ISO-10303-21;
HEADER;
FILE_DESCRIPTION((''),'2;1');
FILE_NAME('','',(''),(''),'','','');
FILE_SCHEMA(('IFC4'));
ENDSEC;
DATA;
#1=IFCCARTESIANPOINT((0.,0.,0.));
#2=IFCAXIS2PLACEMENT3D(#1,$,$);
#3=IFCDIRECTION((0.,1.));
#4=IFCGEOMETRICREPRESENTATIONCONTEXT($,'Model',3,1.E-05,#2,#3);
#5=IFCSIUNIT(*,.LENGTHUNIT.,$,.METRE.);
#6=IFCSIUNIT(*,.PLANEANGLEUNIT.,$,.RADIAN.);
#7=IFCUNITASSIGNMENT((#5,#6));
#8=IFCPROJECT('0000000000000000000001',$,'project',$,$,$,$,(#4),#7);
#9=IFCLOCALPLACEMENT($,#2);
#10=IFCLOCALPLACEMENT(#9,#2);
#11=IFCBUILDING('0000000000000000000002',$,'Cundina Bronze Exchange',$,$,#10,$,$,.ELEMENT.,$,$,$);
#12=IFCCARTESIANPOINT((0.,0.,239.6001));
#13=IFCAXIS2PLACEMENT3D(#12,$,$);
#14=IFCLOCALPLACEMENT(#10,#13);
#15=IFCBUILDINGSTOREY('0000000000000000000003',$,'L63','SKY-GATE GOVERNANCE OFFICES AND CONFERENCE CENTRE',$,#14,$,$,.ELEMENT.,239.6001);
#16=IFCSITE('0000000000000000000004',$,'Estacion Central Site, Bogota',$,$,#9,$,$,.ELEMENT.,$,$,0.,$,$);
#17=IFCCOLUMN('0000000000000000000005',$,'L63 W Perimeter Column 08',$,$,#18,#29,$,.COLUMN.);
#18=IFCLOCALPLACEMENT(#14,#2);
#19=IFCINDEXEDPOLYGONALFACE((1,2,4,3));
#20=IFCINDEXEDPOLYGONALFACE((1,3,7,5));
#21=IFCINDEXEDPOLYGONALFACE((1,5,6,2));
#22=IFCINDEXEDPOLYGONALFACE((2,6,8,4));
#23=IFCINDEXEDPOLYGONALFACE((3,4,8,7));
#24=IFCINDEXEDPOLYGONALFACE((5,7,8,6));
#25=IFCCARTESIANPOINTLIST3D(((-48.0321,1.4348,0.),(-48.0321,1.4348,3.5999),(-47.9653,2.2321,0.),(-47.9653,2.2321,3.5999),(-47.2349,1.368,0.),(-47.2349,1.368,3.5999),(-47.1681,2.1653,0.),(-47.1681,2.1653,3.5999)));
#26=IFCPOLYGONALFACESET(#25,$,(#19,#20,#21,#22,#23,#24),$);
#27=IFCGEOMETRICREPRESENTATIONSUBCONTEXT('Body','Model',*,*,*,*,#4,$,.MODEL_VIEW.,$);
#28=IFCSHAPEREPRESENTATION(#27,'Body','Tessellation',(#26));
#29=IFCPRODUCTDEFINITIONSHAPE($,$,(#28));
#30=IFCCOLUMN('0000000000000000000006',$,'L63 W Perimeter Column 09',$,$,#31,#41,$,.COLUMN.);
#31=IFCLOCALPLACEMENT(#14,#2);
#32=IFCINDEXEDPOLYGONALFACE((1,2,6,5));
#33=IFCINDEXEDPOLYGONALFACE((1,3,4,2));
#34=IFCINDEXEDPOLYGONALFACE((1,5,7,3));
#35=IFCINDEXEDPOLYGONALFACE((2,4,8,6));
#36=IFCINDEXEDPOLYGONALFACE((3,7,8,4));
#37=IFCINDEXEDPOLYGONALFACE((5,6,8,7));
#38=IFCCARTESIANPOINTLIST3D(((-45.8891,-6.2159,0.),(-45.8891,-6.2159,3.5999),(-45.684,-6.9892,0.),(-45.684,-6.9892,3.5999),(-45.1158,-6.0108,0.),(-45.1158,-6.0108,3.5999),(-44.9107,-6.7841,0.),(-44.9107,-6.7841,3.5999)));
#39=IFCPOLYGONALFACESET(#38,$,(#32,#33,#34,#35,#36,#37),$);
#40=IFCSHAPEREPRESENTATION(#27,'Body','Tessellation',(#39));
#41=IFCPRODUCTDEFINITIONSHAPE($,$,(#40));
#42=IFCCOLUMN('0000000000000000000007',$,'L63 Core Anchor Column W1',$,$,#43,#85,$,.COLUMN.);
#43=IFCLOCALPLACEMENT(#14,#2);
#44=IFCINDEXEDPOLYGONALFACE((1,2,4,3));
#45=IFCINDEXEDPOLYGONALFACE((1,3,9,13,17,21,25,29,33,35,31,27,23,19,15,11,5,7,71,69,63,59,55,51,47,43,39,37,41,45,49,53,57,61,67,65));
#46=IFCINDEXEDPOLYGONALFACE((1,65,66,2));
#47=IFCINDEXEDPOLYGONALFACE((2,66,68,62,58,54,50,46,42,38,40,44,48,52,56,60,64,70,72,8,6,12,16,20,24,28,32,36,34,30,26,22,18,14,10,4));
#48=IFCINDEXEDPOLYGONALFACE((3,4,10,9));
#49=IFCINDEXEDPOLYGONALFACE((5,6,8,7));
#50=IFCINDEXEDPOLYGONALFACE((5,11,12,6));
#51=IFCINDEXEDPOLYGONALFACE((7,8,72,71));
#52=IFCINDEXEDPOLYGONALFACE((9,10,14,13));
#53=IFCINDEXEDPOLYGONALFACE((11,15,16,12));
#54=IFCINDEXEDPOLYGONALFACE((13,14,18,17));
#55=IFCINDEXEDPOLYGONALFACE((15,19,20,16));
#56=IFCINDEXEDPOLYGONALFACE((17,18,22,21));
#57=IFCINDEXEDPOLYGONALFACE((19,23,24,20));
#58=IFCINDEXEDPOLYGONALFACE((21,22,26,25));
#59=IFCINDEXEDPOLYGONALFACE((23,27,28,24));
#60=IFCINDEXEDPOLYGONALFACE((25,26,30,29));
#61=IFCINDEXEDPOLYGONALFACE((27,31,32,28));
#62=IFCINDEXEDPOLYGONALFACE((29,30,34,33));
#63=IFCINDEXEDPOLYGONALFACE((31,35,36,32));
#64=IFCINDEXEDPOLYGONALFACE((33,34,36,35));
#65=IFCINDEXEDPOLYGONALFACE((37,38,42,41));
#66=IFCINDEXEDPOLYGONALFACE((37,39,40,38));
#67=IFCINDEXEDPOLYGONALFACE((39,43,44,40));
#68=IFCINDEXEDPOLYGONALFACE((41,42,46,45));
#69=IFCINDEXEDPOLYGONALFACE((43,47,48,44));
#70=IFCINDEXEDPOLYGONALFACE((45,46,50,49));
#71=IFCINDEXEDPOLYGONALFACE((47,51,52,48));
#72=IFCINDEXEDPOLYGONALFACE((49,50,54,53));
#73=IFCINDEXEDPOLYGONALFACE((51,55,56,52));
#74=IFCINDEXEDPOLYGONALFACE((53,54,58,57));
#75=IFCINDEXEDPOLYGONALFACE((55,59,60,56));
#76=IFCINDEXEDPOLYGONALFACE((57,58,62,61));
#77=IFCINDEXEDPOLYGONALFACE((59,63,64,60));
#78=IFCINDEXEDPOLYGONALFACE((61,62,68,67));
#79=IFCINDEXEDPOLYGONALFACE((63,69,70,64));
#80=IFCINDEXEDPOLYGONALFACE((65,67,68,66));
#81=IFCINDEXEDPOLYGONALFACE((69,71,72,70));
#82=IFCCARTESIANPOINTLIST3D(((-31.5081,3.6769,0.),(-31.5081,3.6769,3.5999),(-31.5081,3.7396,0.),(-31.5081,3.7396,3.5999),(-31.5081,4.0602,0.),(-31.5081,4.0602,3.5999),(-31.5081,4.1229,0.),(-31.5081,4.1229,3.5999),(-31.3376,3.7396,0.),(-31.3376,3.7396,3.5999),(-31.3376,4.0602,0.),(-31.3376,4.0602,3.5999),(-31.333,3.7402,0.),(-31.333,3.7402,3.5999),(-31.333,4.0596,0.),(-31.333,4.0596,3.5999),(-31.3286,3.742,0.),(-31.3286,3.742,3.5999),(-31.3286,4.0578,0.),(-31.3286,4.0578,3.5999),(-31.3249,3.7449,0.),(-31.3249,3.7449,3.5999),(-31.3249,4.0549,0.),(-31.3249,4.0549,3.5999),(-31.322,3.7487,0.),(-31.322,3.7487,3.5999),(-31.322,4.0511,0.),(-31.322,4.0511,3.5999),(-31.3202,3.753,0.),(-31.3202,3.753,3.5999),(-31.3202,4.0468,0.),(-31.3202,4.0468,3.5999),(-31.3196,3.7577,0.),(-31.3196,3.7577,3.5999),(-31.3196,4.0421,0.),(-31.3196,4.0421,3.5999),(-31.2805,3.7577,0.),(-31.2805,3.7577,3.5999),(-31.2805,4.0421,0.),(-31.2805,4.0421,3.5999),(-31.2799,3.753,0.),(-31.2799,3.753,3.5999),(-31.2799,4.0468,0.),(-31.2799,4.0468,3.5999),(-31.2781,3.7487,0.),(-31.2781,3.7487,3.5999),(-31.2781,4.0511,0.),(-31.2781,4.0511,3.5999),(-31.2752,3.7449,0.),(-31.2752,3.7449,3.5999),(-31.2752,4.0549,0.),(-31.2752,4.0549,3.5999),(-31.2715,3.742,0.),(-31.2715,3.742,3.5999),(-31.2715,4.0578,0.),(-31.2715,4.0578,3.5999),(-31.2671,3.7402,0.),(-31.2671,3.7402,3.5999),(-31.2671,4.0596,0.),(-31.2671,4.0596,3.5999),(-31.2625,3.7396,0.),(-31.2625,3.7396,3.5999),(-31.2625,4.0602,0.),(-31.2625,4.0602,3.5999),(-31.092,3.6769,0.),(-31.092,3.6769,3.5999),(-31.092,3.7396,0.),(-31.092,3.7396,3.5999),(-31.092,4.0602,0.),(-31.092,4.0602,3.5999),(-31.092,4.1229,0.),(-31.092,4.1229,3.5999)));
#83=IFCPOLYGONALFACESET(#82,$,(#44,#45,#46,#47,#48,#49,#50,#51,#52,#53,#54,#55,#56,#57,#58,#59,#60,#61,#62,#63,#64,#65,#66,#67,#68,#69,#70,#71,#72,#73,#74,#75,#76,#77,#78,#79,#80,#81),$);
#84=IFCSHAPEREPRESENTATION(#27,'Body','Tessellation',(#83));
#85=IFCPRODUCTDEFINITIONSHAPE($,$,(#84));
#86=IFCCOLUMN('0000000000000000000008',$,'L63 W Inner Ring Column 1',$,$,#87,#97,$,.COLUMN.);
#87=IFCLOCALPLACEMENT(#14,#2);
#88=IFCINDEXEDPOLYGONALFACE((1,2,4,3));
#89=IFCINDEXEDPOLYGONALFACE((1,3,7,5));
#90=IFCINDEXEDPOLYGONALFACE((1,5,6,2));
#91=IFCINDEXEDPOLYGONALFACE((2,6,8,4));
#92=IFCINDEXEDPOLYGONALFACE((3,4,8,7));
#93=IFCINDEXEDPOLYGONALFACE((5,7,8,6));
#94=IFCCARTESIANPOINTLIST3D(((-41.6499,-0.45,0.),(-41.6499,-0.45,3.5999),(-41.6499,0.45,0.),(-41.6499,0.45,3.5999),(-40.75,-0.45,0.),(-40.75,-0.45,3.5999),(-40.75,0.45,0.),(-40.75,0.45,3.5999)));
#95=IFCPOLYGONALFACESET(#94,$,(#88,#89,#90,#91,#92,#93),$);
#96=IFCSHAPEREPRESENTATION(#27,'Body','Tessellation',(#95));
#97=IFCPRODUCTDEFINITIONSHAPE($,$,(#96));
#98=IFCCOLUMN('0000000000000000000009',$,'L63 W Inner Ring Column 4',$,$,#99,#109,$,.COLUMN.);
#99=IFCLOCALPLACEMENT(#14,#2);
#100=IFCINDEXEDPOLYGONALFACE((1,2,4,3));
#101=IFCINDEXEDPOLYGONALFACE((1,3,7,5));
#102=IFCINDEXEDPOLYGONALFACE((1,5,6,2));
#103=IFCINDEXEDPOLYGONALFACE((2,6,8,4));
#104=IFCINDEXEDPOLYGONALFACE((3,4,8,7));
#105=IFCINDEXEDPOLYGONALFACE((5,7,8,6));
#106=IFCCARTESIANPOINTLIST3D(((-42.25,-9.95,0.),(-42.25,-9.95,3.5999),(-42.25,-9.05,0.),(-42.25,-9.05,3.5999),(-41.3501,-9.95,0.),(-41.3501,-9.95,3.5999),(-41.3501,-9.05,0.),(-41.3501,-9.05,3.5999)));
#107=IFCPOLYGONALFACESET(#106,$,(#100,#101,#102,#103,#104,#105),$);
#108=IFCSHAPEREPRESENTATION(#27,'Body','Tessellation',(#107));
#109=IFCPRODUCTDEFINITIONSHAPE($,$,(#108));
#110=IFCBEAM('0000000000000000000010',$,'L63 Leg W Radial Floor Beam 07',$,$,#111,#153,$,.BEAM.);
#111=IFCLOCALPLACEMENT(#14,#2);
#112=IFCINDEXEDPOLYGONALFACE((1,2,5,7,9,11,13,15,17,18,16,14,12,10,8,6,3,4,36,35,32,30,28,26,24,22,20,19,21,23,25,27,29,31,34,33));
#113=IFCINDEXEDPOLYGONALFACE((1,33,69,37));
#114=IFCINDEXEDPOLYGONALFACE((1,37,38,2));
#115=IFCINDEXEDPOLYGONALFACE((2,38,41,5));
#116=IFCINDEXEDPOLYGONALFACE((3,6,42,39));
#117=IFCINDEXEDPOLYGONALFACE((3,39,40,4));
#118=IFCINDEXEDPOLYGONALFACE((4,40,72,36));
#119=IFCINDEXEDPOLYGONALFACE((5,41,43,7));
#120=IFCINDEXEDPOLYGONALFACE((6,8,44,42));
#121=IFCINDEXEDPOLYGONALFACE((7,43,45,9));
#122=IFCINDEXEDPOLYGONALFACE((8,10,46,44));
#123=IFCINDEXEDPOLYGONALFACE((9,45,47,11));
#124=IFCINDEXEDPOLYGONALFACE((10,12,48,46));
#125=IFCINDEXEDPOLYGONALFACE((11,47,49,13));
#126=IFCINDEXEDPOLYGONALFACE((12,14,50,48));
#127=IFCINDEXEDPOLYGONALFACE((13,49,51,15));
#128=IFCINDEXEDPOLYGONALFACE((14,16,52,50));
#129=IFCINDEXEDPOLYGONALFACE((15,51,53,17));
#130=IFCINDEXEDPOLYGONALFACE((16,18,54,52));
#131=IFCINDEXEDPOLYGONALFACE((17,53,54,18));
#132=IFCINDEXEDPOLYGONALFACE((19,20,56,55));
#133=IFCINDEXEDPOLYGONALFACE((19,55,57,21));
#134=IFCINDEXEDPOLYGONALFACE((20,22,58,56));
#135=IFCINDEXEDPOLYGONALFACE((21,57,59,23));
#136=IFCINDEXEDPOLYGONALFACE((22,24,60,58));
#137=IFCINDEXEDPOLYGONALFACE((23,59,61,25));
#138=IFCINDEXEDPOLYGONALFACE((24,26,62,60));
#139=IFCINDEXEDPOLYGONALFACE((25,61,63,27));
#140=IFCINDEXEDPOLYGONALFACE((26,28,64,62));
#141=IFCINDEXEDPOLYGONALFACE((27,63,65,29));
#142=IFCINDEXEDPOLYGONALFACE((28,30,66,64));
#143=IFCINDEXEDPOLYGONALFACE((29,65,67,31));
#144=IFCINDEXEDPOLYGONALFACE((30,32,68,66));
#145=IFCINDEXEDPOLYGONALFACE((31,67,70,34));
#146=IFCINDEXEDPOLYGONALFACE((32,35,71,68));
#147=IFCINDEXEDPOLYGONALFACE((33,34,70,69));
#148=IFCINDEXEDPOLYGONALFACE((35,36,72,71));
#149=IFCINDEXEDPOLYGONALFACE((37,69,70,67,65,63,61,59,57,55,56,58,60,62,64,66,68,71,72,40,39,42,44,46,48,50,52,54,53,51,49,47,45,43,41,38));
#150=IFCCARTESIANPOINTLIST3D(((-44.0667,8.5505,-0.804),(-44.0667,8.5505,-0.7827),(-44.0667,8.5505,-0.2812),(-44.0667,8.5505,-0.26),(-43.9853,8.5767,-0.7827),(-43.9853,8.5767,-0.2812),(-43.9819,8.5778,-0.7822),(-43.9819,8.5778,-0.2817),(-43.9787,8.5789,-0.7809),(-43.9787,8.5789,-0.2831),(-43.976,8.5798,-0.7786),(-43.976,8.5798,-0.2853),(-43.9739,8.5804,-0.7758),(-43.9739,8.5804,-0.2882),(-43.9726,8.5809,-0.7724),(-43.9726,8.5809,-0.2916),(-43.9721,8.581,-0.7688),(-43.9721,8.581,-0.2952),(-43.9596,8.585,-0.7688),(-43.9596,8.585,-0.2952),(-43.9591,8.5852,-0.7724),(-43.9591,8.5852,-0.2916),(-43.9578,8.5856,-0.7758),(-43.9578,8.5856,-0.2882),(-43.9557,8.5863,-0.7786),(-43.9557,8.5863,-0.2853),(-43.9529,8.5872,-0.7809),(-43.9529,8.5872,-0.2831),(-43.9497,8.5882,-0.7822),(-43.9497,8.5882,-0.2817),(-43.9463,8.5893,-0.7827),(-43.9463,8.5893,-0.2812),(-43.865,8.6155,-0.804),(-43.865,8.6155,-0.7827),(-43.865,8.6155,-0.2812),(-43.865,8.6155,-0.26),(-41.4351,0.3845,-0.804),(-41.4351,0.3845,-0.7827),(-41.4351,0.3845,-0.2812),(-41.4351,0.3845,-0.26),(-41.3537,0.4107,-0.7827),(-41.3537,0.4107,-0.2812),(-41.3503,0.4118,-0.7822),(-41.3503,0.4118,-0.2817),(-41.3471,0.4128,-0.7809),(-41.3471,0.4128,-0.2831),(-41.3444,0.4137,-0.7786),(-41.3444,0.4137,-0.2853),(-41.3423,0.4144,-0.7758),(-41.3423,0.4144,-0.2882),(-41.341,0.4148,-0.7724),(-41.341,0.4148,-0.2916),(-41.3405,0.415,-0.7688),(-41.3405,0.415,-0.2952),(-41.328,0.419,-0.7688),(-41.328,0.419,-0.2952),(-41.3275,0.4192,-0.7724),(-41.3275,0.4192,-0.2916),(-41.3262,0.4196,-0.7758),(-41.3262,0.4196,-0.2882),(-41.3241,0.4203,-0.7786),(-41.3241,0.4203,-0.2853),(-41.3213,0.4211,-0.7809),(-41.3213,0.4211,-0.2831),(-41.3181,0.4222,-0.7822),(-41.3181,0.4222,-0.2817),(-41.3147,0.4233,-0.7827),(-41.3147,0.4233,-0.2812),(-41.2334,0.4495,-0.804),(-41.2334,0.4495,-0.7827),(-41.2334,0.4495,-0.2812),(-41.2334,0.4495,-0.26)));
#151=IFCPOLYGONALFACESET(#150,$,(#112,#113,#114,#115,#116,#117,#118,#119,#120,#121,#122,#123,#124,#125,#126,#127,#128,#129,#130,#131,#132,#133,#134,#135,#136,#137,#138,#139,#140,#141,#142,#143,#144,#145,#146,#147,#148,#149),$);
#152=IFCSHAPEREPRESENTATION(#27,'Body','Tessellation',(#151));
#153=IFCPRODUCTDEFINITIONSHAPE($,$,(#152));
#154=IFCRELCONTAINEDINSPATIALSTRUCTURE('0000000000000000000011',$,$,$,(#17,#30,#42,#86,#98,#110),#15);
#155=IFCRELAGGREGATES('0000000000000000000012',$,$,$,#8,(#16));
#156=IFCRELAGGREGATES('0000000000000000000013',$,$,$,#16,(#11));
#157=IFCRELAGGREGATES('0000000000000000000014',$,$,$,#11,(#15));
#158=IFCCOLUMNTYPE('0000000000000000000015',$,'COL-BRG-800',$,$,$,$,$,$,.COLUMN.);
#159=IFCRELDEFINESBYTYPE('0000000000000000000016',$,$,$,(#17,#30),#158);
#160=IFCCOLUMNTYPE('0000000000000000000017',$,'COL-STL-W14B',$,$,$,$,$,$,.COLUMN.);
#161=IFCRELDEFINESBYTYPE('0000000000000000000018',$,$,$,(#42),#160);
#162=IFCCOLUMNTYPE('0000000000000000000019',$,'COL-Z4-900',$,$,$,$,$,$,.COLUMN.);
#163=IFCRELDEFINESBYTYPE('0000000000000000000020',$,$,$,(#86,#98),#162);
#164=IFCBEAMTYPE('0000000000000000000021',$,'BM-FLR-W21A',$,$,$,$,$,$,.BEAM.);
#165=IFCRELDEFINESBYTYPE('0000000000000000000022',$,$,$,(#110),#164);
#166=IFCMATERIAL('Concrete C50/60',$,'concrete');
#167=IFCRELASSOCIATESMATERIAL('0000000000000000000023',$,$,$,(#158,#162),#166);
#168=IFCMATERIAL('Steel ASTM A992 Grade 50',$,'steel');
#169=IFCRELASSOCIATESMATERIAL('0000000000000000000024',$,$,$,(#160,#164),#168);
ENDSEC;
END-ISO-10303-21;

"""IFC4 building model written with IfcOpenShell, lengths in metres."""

from ifc_helpers import new_model, si_unit, direction, frame, origin, origin_2d, place, context, subcontext, project, spatial, rectangle, i_section, extrude, material, material_profile, profile_set, type_object, element, save


model = new_model("IFC4")

# Units and contexts
model_context = context("Model", 3, precision=1e-05, world=origin(), true_north=direction((0.0, 1.0)))
body_context = subcontext(model_context, "Body", "Model", "MODEL_VIEW")
ifc_project = project(units=[si_unit("LENGTHUNIT", "METRE"), si_unit("PLANEANGLEUNIT", "RADIAN")], contexts=[model_context])

# Site, building, storey
site_placement = place(None, origin())
site = spatial("IfcSite", under=ifc_project, at=site_placement, Name="Estacion Central Site, Bogota", CompositionType="ELEMENT", RefElevation=0.0)
building_placement = place(site_placement, origin())
building = spatial("IfcBuilding", under=site, at=building_placement, Name="Cundina Bronze Exchange", CompositionType="ELEMENT")
storey_placement = place(building_placement, frame((0.0, 0.0, 239.6001)))
storey = spatial("IfcBuildingStorey", under=building, at=storey_placement, Name="L63", Description="SKY-GATE GOVERNANCE OFFICES AND CONFERENCE CENTRE", CompositionType="ELEMENT", Elevation=239.6001)

# Columns
ifc_material_1 = material(Name="Concrete C50/60", Category="concrete")
ifc_material_profile_1 = material_profile(ifc_material_1, rectangle(XDim=0.8, YDim=0.8, at=origin_2d()), Name="RC800X800", Category="concrete")
ifc_profile_set_1 = profile_set([ifc_material_profile_1], Name="Concrete C50/60")
column_type_1 = type_object("IfcColumnType", Name="COL-BRG-800", PredefinedType="COLUMN", material=ifc_profile_set_1)
for number, where, z_axis, x_axis, name in (
    (1, (-47.6001, 1.8, 0.0), (0.0, 0.0, 1.0), (-0.083504, -0.996507, 0.0), "L63 W Perimeter Column 08"),
    (2, (-45.3999, -6.5, 0.0), (0.0, 0.0, 1.0), (0.256289, -0.9666, 0.0), "L63 W Perimeter Column 09"),
):
    element("IfcColumn", number, at=place(storey_placement, frame(where, z_axis=z_axis, x_axis=x_axis)), inside=storey, type_object=column_type_1, Name=name, PredefinedType="COLUMN", context=body_context, shape_type="SweptSolid", body=[
        extrude(rectangle(XDim=0.8, YDim=0.8, at=origin_2d()), origin(), (0.0, 0.0, 1.0), 3.5999),
    ])
ifc_material_2 = material(Name="Steel ASTM A992 Grade 50", Category="steel")
ifc_material_profile_2 = material_profile(ifc_material_2, i_section(OverallWidth=0.416, OverallDepth=0.446, WebThickness=0.0391, FlangeThickness=0.0627, FilletRadius=0.0181, at=origin_2d()), Name="W14X342", Category="steel")
ifc_profile_set_2 = profile_set([ifc_material_profile_2], Name="Steel ASTM A992 Grade 50")
column_type_2 = type_object("IfcColumnType", Name="COL-STL-W14B", PredefinedType="COLUMN", material=ifc_profile_set_2)
column_placement = place(storey_placement, frame((-31.3, 3.8999, 0.0), z_axis=(0.0, 0.0, 1.0), x_axis=(1.0, 0.0, 0.0)))
element("IfcColumn", 3, at=column_placement, inside=storey, type_object=column_type_2, Name="L63 Core Anchor Column W1", PredefinedType="COLUMN", context=body_context, shape_type="SweptSolid", body=[
    extrude(i_section(OverallWidth=0.416, OverallDepth=0.446, WebThickness=0.0391, FlangeThickness=0.0627, FilletRadius=0.0181, at=origin_2d()), origin(), (0.0, 0.0, 1.0), 3.5999),
])
ifc_material_profile_3 = material_profile(ifc_material_1, rectangle(XDim=0.8999, YDim=0.8999, at=origin_2d()), Name="RC900X900", Category="concrete")
ifc_profile_set_3 = profile_set([ifc_material_profile_3], Name="Concrete C50/60")
column_type_3 = type_object("IfcColumnType", Name="COL-Z4-900", PredefinedType="COLUMN", material=ifc_profile_set_3)
for number, where, z_axis, x_axis, name in (
    (4, (-41.2, 0.0, 0.0), (0.0, 0.0, 1.0), (1.0, 0.0, 0.0), "L63 W Inner Ring Column 1"),
    (5, (-41.8, -9.5, 0.0), (0.0, 0.0, 1.0), (1.0, 0.0, 0.0), "L63 W Inner Ring Column 4"),
):
    element("IfcColumn", number, at=place(storey_placement, frame(where, z_axis=z_axis, x_axis=x_axis)), inside=storey, type_object=column_type_3, Name=name, PredefinedType="COLUMN", context=body_context, shape_type="SweptSolid", body=[
        extrude(rectangle(XDim=0.8999, YDim=0.8999, at=origin_2d()), origin(), (0.0, 0.0, 1.0), 3.5999),
    ])

# Beam
ifc_material_profile_4 = material_profile(ifc_material_2, i_section(OverallWidth=0.2119, OverallDepth=0.5439, WebThickness=0.0132, FlangeThickness=0.0212, FilletRadius=0.0139, at=origin_2d()), Name="W21X83", Category="steel")
ifc_profile_set_4 = profile_set([ifc_material_profile_4], Name="Steel ASTM A992 Grade 50")
beam_type_1 = type_object("IfcBeamType", Name="BM-FLR-W21A", PredefinedType="BEAM", material=ifc_profile_set_4)
beam_1_placement = place(storey_placement, frame((-41.3342, 0.417, -0.532), z_axis=(-0.306728, 0.951797, 0.0), x_axis=(-0.951797, -0.306728, 0.0)))
element("IfcBeam", 6, at=beam_1_placement, inside=storey, type_object=beam_type_1, Name="L63 Leg W Radial Floor Beam 07", PredefinedType="BEAM", context=body_context, shape_type="SweptSolid", body=[
    extrude(i_section(OverallWidth=0.2119, OverallDepth=0.5439, WebThickness=0.0132, FlangeThickness=0.0212, FilletRadius=0.0139, at=origin_2d()), origin(), (0.0, 0.0, 1.0), 8.5796),
])

save(model, "model.ifc")
